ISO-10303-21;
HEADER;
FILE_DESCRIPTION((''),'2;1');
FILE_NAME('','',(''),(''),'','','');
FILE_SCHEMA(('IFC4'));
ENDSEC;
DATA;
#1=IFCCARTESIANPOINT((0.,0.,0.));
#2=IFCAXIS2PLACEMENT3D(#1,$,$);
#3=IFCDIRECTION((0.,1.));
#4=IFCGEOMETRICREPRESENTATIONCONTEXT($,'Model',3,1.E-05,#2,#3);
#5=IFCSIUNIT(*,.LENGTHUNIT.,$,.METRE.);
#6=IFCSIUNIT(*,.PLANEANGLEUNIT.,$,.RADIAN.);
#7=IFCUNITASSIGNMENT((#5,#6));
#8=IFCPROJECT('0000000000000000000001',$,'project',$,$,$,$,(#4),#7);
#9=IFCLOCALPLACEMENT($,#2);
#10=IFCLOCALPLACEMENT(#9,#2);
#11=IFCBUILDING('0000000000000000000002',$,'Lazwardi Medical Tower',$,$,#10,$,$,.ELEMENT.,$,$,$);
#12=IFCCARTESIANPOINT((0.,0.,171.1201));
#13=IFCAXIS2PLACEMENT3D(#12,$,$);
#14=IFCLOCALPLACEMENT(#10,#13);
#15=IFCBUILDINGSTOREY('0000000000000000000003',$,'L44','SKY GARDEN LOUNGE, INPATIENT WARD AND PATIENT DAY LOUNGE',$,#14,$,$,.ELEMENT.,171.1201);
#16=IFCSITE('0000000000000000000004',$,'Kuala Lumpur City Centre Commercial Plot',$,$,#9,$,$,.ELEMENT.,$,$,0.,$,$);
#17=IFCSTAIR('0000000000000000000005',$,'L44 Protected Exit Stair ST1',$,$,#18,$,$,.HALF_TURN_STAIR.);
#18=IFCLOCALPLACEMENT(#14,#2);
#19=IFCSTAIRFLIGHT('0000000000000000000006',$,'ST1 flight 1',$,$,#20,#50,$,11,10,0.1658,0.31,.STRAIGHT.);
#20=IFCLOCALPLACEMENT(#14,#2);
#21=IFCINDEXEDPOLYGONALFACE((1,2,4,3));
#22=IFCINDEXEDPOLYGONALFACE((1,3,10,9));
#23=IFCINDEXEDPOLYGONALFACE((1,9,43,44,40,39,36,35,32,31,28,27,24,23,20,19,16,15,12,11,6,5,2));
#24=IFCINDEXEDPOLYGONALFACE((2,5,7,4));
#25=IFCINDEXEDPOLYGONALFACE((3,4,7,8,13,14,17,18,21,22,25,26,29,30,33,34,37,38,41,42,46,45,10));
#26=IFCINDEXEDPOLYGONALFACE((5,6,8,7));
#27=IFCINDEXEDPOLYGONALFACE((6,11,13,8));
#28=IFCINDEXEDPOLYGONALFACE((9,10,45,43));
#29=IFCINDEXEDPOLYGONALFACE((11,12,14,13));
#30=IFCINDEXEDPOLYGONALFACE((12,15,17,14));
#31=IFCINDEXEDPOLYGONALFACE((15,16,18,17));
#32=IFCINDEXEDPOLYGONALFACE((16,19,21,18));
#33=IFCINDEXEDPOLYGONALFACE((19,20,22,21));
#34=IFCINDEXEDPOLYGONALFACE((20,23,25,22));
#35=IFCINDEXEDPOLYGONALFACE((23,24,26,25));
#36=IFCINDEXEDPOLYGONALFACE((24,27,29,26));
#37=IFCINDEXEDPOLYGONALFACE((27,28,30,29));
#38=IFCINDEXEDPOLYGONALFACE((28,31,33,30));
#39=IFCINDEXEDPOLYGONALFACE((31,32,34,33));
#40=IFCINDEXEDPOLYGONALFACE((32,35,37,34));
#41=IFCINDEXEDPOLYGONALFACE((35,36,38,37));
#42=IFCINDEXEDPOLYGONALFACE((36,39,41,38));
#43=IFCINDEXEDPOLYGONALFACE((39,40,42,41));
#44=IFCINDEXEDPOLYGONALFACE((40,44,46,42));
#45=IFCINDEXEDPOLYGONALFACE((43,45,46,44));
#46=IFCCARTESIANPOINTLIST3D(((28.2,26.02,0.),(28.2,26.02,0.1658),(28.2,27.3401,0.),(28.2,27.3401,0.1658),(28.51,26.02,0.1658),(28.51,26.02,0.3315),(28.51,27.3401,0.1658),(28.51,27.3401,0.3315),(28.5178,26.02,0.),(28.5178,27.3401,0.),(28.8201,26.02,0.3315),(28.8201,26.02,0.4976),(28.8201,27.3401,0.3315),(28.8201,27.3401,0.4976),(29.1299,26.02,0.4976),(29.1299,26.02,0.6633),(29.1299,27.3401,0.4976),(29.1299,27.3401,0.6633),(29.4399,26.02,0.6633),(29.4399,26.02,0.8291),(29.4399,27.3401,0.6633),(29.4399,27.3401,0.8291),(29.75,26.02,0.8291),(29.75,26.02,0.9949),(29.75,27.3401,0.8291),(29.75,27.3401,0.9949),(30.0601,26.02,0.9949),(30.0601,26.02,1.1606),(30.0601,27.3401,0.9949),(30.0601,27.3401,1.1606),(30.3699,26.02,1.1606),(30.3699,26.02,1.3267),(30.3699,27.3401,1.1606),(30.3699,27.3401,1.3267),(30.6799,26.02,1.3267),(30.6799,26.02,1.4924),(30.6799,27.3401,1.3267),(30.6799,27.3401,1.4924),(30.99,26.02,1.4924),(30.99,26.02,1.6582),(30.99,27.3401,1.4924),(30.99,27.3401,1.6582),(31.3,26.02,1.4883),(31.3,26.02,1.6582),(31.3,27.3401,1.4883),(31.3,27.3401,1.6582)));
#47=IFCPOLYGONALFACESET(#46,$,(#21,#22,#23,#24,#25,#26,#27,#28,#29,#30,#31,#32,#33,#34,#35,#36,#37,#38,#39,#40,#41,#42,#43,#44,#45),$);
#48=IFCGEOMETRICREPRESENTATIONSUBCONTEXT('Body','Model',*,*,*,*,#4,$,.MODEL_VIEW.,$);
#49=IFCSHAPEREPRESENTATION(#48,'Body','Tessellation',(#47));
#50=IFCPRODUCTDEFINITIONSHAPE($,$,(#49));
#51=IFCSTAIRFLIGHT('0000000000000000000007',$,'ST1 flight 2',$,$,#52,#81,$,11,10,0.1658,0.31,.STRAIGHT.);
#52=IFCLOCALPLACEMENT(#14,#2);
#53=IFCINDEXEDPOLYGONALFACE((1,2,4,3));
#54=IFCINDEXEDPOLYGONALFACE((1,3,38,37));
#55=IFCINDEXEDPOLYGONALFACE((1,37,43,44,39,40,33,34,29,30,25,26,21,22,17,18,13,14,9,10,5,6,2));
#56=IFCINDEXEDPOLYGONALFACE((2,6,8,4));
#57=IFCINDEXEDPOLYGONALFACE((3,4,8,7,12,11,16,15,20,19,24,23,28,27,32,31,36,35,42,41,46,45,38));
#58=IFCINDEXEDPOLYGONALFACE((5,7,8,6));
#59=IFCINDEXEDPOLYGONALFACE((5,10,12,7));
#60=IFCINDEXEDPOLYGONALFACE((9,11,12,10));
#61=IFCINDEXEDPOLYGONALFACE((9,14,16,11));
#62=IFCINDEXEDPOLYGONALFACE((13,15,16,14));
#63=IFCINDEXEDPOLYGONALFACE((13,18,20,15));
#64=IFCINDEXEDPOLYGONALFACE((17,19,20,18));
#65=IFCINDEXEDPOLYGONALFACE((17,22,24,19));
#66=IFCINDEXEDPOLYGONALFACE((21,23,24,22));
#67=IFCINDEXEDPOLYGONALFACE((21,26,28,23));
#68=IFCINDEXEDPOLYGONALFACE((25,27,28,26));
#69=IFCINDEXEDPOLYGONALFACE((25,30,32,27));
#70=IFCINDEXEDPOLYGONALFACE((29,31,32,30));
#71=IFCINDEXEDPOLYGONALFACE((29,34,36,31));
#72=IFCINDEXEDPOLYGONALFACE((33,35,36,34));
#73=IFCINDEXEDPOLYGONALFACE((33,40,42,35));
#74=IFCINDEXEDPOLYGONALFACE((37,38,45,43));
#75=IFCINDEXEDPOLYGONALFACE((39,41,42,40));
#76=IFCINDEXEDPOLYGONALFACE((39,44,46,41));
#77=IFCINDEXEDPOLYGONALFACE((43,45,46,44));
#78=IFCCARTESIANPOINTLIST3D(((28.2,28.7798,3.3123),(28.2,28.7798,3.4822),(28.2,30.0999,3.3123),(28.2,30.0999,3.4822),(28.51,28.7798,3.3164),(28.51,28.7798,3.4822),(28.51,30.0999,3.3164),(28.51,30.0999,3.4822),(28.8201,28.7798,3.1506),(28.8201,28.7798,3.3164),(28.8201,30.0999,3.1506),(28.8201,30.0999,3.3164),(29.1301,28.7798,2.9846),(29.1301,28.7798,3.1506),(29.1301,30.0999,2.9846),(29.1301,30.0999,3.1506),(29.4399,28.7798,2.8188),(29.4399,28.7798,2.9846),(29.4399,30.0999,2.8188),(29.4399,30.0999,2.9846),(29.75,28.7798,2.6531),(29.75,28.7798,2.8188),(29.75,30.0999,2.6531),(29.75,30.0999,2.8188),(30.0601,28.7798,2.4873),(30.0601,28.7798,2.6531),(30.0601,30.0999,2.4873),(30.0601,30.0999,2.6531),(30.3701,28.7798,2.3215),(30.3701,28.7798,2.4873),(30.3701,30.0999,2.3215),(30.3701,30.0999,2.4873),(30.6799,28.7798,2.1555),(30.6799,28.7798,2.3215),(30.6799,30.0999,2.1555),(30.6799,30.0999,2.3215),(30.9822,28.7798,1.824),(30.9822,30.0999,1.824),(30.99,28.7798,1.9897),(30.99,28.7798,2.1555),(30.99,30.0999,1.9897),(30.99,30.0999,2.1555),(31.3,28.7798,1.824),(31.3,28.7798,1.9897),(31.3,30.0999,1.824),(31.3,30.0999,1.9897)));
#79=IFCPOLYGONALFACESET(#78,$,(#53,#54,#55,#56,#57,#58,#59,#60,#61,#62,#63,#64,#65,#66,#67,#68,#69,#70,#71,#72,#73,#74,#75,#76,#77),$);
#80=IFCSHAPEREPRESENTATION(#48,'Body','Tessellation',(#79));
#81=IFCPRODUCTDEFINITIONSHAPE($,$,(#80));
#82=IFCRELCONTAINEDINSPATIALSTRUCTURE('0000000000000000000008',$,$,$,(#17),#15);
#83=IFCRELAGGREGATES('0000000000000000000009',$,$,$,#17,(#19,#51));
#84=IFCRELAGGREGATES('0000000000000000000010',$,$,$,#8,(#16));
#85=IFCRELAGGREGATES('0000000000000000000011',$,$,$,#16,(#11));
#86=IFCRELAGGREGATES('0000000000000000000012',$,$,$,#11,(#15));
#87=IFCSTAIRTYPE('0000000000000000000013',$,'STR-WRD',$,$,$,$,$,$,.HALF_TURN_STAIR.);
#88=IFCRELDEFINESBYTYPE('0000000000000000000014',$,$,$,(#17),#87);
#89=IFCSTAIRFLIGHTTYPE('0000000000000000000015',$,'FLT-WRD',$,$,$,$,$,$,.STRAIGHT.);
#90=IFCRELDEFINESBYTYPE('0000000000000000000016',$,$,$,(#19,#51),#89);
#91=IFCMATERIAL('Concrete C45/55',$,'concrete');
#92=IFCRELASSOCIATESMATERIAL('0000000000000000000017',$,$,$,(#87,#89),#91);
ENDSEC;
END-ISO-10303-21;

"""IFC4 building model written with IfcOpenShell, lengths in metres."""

from ifc_helpers import new_model, si_unit, direction, frame, origin, place, context, subcontext, project, spatial, polyline, outline, extrude, material, type_object, element, aggregate, save


model = new_model("IFC4")

# Units and contexts
model_context = context("Model", 3, precision=1e-05, world=origin(), true_north=direction((0.0, 1.0)))
body_context = subcontext(model_context, "Body", "Model", "MODEL_VIEW")
ifc_project = project(units=[si_unit("LENGTHUNIT", "METRE"), si_unit("PLANEANGLEUNIT", "RADIAN")], contexts=[model_context])

# Site, building, storey
site_placement = place(None, origin())
site = spatial("IfcSite", under=ifc_project, at=site_placement, Name="Kuala Lumpur City Centre Commercial Plot", CompositionType="ELEMENT", RefElevation=0.0)
building_placement = place(site_placement, origin())
building = spatial("IfcBuilding", under=site, at=building_placement, Name="Lazwardi Medical Tower", CompositionType="ELEMENT")
storey_placement = place(building_placement, frame((0.0, 0.0, 171.1201)))
storey = spatial("IfcBuildingStorey", under=building, at=storey_placement, Name="L44", Description="SKY GARDEN LOUNGE, INPATIENT WARD AND PATIENT DAY LOUNGE", CompositionType="ELEMENT", Elevation=171.1201)

# Stair, stair flights
ifc_material_1 = material(Name="Concrete C45/55", Category="concrete")
stair_type = type_object("IfcStairType", Name="STR-WRD", PredefinedType="HALF_TURN_STAIR", material=ifc_material_1)
stair_placement = place(storey_placement, origin())
stair = element("IfcStair", 1, at=stair_placement, inside=storey, type_object=stair_type, Name="L44 Protected Exit Stair ST1", PredefinedType="HALF_TURN_STAIR")
stair_flight_type = type_object("IfcStairFlightType", Name="FLT-WRD", PredefinedType="STRAIGHT", material=ifc_material_1)
stair_flight_1_placement = place(storey_placement, frame((28.2, 26.6799, 0.0), z_axis=(0.0, 0.0, 1.0), x_axis=(1.0, 0.0, 0.0)))
stair_flight_1 = element("IfcStairFlight", 2, at=stair_flight_1_placement, type_object=stair_flight_type, Name="ST1 flight 1", NumberOfRisers=11, NumberOfTreads=10, PredefinedType="STRAIGHT", RiserHeight=0.1658, TreadLength=0.31, context=body_context, shape_type="SweptSolid", body=[
    extrude(outline(polyline([(0.0, 0.0), (0.0, 0.1658), (0.3101, 0.1658), (0.3101, 0.3315), (0.6201, 0.3315), (0.6201, 0.4976), (0.9299, 0.4976), (0.9299, 0.6633), (1.24, 0.6633), (1.24, 0.8291), (1.55, 0.8291), (1.55, 0.9949), (1.8601, 0.9949), (1.8601, 1.1606), (2.1699, 1.1606), (2.1699, 1.3267), (2.48, 1.3267), (2.48, 1.4924), (2.79, 1.4924), (2.79, 1.6582), (3.1001, 1.6582), (3.1001, 1.824), (3.1001, 1.4883), (0.3179, 0.0), (0.0, 0.0)])), frame((0.0, 0.6602, 0.0), z_axis=(0.0, -1.0, 0.0), x_axis=(1.0, 0.0, 0.0)), (0.0, 0.0, 1.0), 1.3201),
])
stair_flight_2_placement = place(storey_placement, frame((31.3, 29.4399, 1.824), z_axis=(0.0, 0.0, 1.0), x_axis=(-1.0, 0.0, 0.0)))
stair_flight_2 = element("IfcStairFlight", 3, at=stair_flight_2_placement, type_object=stair_flight_type, Name="ST1 flight 2", NumberOfRisers=11, NumberOfTreads=10, PredefinedType="STRAIGHT", RiserHeight=0.1658, TreadLength=0.31, context=body_context, shape_type="SweptSolid", body=[
    extrude(outline(polyline([(0.0, 0.0), (0.0, 0.1658), (0.3101, 0.1658), (0.3101, 0.3315), (0.6201, 0.3315), (0.6201, 0.4976), (0.9299, 0.4976), (0.9299, 0.6633), (1.24, 0.6633), (1.24, 0.8291), (1.55, 0.8291), (1.55, 0.9949), (1.8601, 0.9949), (1.8601, 1.1606), (2.1699, 1.1606), (2.1699, 1.3267), (2.48, 1.3267), (2.48, 1.4924), (2.79, 1.4924), (2.79, 1.6582), (3.1001, 1.6582), (3.1001, 1.824), (3.1001, 1.4883), (0.3179, 0.0), (0.0, 0.0)])), frame((0.0, 0.6602, 0.0), z_axis=(0.0, -1.0, 0.0), x_axis=(1.0, 0.0, 0.0)), (0.0, 0.0, 1.0), 1.3201),
])
aggregate(stair, [stair_flight_1, stair_flight_2])

save(model, "model.ifc")
